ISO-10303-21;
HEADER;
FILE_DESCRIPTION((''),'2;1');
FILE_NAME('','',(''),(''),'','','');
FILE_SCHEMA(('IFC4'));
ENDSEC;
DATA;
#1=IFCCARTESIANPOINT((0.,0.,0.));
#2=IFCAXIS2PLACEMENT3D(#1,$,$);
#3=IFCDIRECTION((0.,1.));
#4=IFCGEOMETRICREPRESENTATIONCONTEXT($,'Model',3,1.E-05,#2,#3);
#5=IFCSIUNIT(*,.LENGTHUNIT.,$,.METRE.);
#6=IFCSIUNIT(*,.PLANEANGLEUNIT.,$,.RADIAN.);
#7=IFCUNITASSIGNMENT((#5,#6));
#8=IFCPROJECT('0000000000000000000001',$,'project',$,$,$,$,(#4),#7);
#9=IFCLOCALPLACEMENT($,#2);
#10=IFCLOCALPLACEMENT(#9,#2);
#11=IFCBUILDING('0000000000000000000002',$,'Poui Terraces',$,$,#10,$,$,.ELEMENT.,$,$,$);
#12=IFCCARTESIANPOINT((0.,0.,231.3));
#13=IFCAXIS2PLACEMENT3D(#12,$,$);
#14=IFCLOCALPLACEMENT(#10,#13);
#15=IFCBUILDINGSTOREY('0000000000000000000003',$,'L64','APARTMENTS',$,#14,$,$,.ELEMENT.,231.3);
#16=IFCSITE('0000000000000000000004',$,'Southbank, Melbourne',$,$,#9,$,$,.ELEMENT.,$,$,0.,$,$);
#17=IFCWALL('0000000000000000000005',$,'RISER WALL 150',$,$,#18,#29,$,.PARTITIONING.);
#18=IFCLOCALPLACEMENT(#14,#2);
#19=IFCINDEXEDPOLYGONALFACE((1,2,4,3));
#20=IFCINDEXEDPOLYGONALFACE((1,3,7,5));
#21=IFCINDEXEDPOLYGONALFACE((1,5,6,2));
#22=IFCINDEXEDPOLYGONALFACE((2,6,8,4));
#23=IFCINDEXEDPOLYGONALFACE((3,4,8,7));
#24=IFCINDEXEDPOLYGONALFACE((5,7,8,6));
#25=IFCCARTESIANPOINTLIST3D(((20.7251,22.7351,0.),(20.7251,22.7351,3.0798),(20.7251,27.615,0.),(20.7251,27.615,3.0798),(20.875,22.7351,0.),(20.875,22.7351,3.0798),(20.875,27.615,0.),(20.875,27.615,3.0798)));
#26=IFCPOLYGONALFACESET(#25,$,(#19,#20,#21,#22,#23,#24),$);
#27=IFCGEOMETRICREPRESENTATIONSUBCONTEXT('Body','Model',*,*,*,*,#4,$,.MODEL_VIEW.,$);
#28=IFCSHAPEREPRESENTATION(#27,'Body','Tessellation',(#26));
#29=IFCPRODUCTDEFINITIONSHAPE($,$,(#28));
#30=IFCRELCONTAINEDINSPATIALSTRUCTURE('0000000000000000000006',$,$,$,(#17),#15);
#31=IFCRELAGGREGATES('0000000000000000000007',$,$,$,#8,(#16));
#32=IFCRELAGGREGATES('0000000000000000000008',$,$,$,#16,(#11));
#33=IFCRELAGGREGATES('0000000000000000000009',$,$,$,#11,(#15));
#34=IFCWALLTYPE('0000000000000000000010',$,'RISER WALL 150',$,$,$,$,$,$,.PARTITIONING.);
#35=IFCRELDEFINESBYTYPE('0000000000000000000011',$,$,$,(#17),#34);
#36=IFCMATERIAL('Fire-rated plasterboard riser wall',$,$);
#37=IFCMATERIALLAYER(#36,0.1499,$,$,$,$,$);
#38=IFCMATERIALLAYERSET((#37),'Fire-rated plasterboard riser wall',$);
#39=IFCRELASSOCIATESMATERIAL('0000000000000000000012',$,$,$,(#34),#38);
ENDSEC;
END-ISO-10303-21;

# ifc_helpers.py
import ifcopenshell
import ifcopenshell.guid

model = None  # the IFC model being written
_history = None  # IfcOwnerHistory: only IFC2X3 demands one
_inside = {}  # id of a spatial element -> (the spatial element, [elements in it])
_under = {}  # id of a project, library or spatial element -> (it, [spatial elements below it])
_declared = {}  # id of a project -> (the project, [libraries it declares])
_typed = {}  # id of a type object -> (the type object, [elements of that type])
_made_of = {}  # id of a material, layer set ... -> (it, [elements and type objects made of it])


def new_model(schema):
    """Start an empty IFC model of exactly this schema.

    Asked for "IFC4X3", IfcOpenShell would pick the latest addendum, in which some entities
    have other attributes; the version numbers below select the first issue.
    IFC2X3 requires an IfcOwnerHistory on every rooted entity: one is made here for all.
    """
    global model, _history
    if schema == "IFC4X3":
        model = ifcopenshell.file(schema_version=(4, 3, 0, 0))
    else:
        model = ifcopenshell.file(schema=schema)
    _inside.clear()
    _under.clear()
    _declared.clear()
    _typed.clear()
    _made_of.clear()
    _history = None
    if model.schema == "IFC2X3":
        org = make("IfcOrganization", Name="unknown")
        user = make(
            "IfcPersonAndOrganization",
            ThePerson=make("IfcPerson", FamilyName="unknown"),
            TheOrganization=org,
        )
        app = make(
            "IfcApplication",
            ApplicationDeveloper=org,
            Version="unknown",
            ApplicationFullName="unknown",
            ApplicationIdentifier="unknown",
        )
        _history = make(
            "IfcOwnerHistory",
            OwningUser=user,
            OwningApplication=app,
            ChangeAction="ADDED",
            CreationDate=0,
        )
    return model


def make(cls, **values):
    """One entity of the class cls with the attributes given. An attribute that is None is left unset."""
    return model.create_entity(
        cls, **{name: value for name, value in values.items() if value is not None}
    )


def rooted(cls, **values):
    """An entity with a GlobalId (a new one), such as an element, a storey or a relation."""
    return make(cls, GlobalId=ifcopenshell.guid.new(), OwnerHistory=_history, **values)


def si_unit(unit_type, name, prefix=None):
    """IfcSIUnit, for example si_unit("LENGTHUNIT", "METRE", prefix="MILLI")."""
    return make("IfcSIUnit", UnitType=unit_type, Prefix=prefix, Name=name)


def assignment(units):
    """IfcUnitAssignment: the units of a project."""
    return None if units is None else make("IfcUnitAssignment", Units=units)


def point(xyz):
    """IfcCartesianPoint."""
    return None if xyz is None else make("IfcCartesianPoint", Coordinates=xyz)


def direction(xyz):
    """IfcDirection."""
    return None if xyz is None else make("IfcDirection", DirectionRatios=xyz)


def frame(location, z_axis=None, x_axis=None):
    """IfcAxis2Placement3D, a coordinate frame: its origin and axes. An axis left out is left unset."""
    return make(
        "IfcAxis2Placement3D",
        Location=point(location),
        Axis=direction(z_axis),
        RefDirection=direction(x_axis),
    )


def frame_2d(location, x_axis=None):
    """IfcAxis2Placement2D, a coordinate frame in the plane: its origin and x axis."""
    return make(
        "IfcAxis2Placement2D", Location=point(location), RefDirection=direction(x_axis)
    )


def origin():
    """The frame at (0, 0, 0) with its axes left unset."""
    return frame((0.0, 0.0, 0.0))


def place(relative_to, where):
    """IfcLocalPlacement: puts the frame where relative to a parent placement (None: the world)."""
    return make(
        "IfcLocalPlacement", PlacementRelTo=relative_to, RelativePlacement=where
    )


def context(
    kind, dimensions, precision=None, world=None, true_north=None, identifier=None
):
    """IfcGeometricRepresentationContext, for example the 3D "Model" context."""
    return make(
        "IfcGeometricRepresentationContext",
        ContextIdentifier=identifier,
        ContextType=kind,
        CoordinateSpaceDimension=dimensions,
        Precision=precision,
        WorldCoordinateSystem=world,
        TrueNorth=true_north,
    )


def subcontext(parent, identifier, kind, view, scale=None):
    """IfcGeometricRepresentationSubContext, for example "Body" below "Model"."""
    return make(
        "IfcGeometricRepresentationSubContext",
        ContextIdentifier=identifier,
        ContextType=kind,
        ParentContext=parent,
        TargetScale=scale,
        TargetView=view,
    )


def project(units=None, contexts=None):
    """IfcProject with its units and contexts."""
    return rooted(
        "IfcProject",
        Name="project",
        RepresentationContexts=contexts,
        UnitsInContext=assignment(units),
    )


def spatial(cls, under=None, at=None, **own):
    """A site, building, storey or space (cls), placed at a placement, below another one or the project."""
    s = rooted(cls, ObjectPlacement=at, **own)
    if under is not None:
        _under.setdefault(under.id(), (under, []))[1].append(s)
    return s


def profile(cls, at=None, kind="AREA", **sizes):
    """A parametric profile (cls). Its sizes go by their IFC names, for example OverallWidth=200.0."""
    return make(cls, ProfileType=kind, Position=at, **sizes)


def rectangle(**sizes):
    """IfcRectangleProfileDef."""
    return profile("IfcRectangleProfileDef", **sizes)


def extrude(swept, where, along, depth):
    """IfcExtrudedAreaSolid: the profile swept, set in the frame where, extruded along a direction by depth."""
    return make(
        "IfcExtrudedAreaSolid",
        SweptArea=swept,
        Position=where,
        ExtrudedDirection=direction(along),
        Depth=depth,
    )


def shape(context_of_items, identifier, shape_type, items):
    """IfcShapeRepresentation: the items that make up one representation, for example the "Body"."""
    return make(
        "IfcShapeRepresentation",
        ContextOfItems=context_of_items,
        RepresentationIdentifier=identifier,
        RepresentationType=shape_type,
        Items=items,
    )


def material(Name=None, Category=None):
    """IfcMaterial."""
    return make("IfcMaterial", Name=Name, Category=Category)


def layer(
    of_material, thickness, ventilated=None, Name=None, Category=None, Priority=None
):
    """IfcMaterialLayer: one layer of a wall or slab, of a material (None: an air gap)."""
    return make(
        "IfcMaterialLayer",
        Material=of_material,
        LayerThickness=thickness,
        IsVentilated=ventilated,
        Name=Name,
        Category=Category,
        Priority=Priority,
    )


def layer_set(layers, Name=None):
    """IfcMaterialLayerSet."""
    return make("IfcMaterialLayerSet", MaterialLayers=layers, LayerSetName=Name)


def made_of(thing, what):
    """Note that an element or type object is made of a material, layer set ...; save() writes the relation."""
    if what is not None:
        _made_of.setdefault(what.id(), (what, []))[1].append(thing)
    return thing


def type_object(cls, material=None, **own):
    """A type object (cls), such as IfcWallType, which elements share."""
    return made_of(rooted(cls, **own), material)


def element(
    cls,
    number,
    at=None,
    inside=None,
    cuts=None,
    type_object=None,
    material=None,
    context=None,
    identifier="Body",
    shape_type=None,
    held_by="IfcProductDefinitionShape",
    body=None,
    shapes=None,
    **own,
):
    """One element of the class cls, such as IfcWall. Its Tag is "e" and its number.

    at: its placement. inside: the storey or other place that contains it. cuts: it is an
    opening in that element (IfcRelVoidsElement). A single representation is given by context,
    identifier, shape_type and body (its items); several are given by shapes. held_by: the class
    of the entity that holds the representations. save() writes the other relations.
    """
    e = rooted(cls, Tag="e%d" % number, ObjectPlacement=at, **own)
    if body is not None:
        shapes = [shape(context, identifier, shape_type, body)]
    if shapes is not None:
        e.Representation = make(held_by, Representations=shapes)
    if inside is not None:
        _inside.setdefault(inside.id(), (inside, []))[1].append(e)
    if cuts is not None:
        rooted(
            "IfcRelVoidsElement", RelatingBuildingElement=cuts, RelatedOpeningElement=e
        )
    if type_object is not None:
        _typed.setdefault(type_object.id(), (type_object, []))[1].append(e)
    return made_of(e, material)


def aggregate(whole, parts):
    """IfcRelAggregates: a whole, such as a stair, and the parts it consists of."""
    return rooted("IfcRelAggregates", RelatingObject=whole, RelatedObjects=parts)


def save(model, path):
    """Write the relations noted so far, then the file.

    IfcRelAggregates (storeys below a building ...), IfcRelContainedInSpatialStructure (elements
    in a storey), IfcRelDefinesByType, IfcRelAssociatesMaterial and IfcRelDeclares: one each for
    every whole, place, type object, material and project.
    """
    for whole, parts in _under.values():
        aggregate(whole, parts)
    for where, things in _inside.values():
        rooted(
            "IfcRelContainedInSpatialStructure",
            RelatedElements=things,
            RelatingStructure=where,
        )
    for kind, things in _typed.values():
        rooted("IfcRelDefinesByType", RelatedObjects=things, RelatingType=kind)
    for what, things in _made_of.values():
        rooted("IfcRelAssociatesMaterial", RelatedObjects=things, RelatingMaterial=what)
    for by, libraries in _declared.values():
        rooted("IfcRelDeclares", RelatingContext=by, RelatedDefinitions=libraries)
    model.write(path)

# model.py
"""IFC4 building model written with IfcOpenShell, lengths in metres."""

from ifc_helpers import new_model, si_unit, direction, frame, frame_2d, origin, place, context, subcontext, project, spatial, rectangle, extrude, material, layer, layer_set, type_object, element, save


model = new_model("IFC4")

# Units and contexts
model_context = context("Model", 3, precision=1e-05, world=origin(), true_north=direction((0.0, 1.0)))
body_context = subcontext(model_context, "Body", "Model", "MODEL_VIEW")
ifc_project = project(units=[si_unit("LENGTHUNIT", "METRE"), si_unit("PLANEANGLEUNIT", "RADIAN")], contexts=[model_context])

# Site, building, storey
site_placement = place(None, origin())
site = spatial("IfcSite", under=ifc_project, at=site_placement, Name="Southbank, Melbourne", CompositionType="ELEMENT", RefElevation=0.0)
building_placement = place(site_placement, origin())
building = spatial("IfcBuilding", under=site, at=building_placement, Name="Poui Terraces", CompositionType="ELEMENT")
storey_placement = place(building_placement, frame((0.0, 0.0, 231.3)))
storey = spatial("IfcBuildingStorey", under=building, at=storey_placement, Name="L64", Description="APARTMENTS", CompositionType="ELEMENT", Elevation=231.3)

# Wall
ifc_material_1 = material(Name="Fire-rated plasterboard riser wall")
ifc_layer_1 = layer(ifc_material_1, 0.1499)
ifc_layer_set_1 = layer_set([ifc_layer_1], Name="Fire-rated plasterboard riser wall")
wall_type_1 = type_object("IfcWallType", Name="RISER WALL 150", PredefinedType="PARTITIONING", material=ifc_layer_set_1)
wall_1_placement = place(storey_placement, frame((20.8, 22.7351, 0.0), z_axis=(0.0, 0.0, 1.0), x_axis=(0.0, 1.0, 0.0)))
element("IfcWall", 1, at=wall_1_placement, inside=storey, type_object=wall_type_1, Name="RISER WALL 150", PredefinedType="PARTITIONING", context=body_context, shape_type="SweptSolid", body=[
    extrude(rectangle(XDim=4.8799, YDim=0.1499, at=frame_2d((2.4399, 0.0))), origin(), (0.0, 0.0, 1.0), 3.0798),
])

save(model, "model.ifc")
